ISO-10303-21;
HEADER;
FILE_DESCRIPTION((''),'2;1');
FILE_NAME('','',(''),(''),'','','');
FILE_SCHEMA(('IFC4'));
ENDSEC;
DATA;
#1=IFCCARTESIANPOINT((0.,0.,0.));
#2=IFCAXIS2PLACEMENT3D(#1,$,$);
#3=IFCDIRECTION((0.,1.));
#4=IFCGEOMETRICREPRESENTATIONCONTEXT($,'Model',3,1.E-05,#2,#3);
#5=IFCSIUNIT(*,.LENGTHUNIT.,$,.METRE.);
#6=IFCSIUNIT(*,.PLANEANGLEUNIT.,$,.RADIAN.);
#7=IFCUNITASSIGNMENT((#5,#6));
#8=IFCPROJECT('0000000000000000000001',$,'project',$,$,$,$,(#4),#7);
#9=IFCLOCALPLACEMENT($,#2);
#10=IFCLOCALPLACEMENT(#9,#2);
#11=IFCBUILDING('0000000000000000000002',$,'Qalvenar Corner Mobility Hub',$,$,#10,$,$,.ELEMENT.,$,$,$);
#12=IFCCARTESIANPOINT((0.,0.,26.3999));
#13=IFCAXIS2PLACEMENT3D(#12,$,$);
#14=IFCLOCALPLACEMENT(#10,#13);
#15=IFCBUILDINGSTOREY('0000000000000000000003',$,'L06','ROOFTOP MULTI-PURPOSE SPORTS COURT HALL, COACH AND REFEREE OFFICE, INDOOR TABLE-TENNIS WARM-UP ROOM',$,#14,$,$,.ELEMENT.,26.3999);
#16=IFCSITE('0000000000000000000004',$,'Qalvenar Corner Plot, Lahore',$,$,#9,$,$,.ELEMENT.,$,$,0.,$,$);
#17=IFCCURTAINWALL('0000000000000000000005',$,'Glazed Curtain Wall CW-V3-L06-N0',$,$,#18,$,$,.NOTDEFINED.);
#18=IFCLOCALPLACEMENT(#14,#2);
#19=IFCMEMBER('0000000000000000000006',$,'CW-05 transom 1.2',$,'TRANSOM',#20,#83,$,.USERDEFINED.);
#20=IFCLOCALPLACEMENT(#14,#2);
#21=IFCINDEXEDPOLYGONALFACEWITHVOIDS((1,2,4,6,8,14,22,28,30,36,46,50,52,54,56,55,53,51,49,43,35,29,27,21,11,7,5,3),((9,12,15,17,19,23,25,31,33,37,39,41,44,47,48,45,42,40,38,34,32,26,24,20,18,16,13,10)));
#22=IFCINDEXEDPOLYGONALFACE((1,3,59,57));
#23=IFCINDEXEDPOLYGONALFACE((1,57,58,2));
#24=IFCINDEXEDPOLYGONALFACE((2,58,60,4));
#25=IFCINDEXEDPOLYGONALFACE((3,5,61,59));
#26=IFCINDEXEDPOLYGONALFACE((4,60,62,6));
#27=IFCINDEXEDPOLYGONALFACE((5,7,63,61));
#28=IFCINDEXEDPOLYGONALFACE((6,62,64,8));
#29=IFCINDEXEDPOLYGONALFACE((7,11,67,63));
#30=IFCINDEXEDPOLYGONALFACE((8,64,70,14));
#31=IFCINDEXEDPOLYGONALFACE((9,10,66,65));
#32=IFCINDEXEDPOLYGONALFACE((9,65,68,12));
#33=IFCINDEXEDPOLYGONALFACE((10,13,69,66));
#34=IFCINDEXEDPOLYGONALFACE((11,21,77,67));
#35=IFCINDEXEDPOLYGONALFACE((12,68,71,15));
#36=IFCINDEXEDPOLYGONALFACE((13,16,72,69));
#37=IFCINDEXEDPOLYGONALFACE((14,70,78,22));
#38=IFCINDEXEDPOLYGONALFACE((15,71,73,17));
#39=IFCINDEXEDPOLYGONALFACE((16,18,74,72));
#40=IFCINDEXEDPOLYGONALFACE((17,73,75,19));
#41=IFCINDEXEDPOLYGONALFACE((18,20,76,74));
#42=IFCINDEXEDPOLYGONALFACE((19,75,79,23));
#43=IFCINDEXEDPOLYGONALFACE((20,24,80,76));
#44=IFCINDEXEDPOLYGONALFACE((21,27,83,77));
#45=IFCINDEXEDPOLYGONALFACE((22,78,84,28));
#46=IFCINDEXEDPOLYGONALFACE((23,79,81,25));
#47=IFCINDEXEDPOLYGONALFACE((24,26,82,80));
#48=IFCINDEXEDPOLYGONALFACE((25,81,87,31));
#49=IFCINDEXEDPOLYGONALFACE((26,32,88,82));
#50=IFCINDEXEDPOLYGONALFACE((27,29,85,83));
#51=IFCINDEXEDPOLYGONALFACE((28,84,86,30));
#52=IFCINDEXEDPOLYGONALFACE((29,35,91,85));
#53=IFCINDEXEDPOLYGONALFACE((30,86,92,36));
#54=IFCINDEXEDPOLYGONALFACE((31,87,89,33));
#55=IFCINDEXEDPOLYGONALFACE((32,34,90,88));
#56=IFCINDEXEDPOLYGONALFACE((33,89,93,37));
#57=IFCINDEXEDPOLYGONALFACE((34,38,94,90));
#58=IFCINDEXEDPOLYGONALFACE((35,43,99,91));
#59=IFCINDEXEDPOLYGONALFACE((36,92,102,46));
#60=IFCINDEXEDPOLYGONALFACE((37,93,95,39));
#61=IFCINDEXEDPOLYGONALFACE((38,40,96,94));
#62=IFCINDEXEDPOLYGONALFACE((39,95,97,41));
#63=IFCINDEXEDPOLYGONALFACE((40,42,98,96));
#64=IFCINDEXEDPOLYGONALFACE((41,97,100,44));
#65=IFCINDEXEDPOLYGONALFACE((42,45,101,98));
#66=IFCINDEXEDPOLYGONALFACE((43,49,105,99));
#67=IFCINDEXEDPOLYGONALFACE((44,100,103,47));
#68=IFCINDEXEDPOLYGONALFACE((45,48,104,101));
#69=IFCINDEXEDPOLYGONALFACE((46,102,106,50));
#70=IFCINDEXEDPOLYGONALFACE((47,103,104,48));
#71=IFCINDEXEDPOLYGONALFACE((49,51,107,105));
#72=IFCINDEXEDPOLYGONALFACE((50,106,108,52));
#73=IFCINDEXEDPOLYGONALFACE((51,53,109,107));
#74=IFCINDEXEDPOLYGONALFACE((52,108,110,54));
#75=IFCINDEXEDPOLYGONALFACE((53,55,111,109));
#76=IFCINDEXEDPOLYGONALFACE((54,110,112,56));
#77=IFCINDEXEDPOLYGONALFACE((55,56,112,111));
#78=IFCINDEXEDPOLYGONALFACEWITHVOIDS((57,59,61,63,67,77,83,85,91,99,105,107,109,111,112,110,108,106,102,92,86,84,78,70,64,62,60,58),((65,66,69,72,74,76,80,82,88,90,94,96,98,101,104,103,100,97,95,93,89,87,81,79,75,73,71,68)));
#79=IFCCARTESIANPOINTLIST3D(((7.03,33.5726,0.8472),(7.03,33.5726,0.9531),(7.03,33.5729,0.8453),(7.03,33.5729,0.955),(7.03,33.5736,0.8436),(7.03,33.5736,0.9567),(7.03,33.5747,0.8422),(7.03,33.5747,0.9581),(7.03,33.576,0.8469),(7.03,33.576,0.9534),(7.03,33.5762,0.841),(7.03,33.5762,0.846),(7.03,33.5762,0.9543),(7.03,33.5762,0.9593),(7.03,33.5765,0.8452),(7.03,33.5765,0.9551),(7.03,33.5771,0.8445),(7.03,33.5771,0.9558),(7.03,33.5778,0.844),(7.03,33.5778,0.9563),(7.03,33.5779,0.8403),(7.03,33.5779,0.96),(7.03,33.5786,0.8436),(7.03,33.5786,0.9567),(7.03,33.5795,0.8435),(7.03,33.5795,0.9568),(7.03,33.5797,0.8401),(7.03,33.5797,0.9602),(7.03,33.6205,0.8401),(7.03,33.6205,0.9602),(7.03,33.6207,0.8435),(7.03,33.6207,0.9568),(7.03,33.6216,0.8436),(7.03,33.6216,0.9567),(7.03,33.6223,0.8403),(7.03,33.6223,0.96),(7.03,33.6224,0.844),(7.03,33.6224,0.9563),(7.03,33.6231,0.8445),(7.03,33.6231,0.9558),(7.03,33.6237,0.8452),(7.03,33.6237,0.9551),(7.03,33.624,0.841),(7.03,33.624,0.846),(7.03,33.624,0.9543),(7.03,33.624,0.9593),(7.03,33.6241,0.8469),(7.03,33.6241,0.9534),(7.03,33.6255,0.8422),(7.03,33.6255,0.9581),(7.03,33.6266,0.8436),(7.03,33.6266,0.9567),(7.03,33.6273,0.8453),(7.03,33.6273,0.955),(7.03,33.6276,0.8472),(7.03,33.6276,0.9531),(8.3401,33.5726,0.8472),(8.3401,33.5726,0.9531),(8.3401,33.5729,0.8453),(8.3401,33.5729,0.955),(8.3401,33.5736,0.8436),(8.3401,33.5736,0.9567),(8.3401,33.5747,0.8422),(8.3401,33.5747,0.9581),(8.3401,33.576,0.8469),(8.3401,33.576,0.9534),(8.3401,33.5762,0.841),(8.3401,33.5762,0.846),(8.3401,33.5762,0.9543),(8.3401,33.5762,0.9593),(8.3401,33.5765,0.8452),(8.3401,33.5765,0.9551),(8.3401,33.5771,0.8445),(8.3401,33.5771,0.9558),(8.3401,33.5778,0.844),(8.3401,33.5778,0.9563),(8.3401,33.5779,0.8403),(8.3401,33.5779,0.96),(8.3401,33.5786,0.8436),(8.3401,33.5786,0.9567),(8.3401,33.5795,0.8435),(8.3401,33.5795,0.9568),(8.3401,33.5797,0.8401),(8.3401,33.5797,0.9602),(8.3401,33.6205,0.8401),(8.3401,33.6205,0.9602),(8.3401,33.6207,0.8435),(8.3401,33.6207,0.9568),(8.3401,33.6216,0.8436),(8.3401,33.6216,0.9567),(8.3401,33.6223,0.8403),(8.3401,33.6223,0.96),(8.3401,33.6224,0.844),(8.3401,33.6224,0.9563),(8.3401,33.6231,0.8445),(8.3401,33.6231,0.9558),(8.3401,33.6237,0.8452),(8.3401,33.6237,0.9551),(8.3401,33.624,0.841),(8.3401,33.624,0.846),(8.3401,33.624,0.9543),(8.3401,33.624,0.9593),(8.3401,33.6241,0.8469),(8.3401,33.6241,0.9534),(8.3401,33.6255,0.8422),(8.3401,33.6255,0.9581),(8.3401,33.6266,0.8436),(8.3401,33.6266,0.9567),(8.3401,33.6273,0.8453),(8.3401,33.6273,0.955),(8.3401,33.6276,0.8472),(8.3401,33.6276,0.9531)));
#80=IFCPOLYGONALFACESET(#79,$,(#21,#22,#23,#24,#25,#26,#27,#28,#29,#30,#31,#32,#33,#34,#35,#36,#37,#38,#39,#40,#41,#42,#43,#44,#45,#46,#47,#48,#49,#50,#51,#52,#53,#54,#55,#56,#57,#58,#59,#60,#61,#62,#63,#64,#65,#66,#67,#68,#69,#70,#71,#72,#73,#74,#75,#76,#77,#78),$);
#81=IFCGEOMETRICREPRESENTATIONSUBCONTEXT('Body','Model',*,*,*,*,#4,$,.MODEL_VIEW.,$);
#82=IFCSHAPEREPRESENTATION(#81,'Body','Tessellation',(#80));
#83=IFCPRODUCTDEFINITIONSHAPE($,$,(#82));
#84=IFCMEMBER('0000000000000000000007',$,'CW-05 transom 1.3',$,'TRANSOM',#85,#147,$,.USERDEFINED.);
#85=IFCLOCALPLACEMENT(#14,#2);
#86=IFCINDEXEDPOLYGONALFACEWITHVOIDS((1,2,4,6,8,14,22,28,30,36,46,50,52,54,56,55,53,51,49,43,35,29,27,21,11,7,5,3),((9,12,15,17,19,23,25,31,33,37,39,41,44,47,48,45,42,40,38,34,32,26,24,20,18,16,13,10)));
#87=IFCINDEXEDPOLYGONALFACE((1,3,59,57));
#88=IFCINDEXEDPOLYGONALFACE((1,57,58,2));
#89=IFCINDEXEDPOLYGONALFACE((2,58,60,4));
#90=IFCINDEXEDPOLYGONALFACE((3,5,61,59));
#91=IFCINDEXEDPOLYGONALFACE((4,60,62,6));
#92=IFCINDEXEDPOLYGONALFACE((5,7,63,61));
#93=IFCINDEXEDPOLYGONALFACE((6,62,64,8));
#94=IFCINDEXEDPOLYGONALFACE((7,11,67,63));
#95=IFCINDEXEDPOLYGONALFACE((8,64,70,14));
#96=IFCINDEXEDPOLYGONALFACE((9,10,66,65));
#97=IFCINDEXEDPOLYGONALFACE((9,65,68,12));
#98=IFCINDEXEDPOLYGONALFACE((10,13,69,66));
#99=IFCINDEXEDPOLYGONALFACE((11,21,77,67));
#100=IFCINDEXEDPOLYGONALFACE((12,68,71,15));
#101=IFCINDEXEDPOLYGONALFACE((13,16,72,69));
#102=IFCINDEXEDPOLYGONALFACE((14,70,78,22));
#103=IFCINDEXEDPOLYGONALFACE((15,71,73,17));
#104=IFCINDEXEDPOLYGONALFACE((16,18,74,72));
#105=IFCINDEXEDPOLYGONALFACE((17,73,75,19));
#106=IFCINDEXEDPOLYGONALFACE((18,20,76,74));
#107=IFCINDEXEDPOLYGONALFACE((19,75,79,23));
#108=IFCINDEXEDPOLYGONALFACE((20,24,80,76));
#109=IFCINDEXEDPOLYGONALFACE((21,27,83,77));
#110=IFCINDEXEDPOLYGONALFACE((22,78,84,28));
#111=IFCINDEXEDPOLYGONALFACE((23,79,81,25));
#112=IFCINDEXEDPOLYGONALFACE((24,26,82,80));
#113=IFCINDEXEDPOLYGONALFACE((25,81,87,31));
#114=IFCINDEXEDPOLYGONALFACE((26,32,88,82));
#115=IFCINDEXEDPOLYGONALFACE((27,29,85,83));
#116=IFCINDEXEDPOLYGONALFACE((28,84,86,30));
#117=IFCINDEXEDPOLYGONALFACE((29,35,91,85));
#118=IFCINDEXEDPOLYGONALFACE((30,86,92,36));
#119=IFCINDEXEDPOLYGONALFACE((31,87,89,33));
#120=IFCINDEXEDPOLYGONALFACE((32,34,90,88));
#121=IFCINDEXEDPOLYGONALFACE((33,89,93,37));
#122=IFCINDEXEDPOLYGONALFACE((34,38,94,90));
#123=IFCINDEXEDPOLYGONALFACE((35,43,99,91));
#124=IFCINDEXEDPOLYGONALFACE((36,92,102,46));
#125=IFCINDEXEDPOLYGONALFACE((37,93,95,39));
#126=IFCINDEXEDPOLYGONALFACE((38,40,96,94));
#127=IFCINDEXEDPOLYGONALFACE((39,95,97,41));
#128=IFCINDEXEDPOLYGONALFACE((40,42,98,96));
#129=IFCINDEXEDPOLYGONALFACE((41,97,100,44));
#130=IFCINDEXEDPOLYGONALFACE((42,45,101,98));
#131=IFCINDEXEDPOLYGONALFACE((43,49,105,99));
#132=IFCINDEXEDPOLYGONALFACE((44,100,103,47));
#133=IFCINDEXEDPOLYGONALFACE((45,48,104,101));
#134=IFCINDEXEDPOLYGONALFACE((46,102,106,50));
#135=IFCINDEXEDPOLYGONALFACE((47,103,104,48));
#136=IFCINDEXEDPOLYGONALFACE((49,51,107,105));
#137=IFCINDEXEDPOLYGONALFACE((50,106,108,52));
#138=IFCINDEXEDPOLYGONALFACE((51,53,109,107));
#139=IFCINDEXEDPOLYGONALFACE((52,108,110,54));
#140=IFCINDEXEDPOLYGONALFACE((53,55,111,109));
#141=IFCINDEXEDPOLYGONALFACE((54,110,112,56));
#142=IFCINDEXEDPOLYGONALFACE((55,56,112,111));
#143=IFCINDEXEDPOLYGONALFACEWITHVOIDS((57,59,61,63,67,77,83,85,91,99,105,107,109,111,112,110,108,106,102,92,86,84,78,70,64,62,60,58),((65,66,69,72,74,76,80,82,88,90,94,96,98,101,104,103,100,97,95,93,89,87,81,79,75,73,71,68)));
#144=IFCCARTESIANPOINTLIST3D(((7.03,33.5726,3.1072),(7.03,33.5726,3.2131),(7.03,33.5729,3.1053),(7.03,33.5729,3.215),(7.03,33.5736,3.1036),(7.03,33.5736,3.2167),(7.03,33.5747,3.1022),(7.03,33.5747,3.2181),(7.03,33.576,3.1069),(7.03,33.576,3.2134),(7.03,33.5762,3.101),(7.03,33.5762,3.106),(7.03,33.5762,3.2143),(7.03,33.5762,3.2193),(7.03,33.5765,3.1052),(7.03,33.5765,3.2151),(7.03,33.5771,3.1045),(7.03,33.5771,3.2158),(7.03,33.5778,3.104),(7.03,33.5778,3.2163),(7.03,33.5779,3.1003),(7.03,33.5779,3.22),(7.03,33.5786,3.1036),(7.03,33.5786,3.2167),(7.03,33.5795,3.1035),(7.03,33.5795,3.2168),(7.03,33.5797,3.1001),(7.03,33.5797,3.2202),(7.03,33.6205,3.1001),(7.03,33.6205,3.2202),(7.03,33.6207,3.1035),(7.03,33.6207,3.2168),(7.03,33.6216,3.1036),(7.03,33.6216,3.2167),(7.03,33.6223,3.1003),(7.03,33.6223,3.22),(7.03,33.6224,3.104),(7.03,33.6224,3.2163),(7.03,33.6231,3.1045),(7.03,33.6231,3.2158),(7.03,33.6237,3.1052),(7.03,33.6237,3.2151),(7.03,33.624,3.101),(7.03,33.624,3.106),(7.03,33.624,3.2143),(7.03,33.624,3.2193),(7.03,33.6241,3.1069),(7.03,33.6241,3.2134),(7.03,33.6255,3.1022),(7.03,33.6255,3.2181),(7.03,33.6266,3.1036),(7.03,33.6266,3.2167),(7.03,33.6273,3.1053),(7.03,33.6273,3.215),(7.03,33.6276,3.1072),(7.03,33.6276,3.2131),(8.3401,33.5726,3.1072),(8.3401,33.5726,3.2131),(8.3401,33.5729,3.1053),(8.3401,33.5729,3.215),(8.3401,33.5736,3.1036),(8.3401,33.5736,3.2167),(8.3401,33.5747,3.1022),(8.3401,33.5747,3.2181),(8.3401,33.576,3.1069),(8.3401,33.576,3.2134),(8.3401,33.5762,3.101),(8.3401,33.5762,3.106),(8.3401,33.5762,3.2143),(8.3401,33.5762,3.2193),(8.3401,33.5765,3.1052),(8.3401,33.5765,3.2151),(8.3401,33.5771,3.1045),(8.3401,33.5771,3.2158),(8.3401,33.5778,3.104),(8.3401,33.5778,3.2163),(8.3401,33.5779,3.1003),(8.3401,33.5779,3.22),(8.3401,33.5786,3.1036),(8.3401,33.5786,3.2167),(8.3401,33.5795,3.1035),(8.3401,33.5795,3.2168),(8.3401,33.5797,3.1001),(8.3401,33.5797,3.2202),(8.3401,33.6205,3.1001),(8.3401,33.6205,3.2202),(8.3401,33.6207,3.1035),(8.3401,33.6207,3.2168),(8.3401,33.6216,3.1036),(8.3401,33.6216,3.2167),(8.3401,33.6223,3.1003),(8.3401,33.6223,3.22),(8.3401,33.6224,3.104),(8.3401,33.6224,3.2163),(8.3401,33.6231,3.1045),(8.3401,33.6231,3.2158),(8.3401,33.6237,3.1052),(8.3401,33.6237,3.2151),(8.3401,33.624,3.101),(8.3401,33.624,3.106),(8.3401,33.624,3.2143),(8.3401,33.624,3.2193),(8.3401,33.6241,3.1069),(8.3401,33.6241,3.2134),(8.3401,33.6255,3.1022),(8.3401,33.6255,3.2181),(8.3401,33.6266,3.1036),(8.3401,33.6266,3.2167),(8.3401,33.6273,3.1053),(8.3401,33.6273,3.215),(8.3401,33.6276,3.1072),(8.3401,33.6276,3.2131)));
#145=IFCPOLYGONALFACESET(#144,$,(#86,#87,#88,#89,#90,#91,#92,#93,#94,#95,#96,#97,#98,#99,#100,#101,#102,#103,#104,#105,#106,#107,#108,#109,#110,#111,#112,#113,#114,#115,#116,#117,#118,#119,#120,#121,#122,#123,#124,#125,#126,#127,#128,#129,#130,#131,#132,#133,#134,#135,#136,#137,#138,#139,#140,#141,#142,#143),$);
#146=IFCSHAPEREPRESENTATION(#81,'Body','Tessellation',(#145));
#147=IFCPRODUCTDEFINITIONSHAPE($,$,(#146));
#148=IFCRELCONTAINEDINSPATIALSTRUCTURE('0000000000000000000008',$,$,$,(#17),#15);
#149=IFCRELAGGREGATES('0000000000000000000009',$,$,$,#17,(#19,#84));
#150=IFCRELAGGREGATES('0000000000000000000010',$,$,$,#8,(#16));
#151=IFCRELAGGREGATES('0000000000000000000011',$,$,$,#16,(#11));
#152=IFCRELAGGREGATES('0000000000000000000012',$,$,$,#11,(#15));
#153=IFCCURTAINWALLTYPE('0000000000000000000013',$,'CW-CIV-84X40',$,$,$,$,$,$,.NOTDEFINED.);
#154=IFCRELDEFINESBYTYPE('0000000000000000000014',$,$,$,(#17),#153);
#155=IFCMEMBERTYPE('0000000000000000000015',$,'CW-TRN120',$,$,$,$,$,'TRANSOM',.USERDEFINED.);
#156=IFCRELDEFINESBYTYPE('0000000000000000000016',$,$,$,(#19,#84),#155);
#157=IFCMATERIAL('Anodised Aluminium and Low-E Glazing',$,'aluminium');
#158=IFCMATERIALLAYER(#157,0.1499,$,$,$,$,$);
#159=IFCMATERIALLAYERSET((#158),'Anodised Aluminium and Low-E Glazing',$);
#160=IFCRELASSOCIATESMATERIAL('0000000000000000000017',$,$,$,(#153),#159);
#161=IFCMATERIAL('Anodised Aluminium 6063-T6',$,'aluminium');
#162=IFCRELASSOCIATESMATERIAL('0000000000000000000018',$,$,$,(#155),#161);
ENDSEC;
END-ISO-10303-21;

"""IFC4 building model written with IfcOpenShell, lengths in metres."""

from ifc_helpers import new_model, si_unit, direction, frame, origin, origin_2d, place, context, subcontext, project, spatial, hollow_rectangle, extrude, material, layer, layer_set, material_profile, profile_set, type_object, element, aggregate, save


model = new_model("IFC4")

# Units and contexts
model_context = context("Model", 3, precision=1e-05, world=origin(), true_north=direction((0.0, 1.0)))
body_context = subcontext(model_context, "Body", "Model", "MODEL_VIEW")
ifc_project = project(units=[si_unit("LENGTHUNIT", "METRE"), si_unit("PLANEANGLEUNIT", "RADIAN")], contexts=[model_context])

# Site, building, storey
site_placement = place(None, origin())
site = spatial("IfcSite", under=ifc_project, at=site_placement, Name="Qalvenar Corner Plot, Lahore", CompositionType="ELEMENT", RefElevation=0.0)
building_placement = place(site_placement, origin())
building = spatial("IfcBuilding", under=site, at=building_placement, Name="Qalvenar Corner Mobility Hub", CompositionType="ELEMENT")
storey_placement = place(building_placement, frame((0.0, 0.0, 26.3999)))
storey = spatial("IfcBuildingStorey", under=building, at=storey_placement, Name="L06", Description="ROOFTOP MULTI-PURPOSE SPORTS COURT HALL, COACH AND REFEREE OFFICE, INDOOR TABLE-TENNIS WARM-UP ROOM", CompositionType="ELEMENT", Elevation=26.3999)

# Curtain wall, members
ifc_material_1 = material(Name="Anodised Aluminium and Low-E Glazing", Category="aluminium")
ifc_layer_1 = layer(ifc_material_1, 0.1499)
ifc_layer_set_1 = layer_set([ifc_layer_1], Name="Anodised Aluminium and Low-E Glazing")
curtain_wall_type = type_object("IfcCurtainWallType", Name="CW-CIV-84X40", PredefinedType="NOTDEFINED", material=ifc_layer_set_1)
curtain_wall_placement = place(storey_placement, origin())
curtain_wall = element("IfcCurtainWall", 1, at=curtain_wall_placement, inside=storey, type_object=curtain_wall_type, Name="Glazed Curtain Wall CW-V3-L06-N0", PredefinedType="NOTDEFINED")
ifc_material_2 = material(Name="Anodised Aluminium 6063-T6", Category="aluminium")
ifc_material_profile_1 = material_profile(ifc_material_2, hollow_rectangle(XDim=0.0549, YDim=0.1201, WallThickness=0.0034, InnerFilletRadius=0.0034, OuterFilletRadius=0.0071, at=origin_2d()), Name="RHS120x55x3.5")
ifc_profile_set_1 = profile_set([ifc_material_profile_1], Name="Anodised Aluminium 6063-T6")
member_type_1 = type_object("IfcMemberType", Name="CW-TRN120", ElementType="TRANSOM", PredefinedType="USERDEFINED", material=ifc_profile_set_1)
member_1_placement = place(storey_placement, frame((8.3401, 33.6001, 0.9001), z_axis=(-1.0, 0.0, 0.0), x_axis=(0.0, -1.0, 0.0)))
member_1 = element("IfcMember", 2, at=member_1_placement, type_object=member_type_1, Name="CW-05 transom 1.2", ObjectType="TRANSOM", PredefinedType="USERDEFINED", context=body_context, shape_type="SweptSolid", body=[
    extrude(hollow_rectangle(XDim=0.0549, YDim=0.1201, WallThickness=0.0034, InnerFilletRadius=0.0034, OuterFilletRadius=0.0071, at=origin_2d()), origin(), (0.0, 0.0, 1.0), 1.3101),
])
member_2_placement = place(storey_placement, frame((8.3401, 33.6001, 3.1602), z_axis=(-1.0, 0.0, 0.0), x_axis=(0.0, -1.0, 0.0)))
member_2 = element("IfcMember", 3, at=member_2_placement, type_object=member_type_1, Name="CW-05 transom 1.3", ObjectType="TRANSOM", PredefinedType="USERDEFINED", context=body_context, shape_type="SweptSolid", body=[
    extrude(hollow_rectangle(XDim=0.0549, YDim=0.1201, WallThickness=0.0034, InnerFilletRadius=0.0034, OuterFilletRadius=0.0071, at=origin_2d()), origin(), (0.0, 0.0, 1.0), 1.3101),
])

aggregate(curtain_wall, [member_1, member_2])

save(model, "model.ifc")
